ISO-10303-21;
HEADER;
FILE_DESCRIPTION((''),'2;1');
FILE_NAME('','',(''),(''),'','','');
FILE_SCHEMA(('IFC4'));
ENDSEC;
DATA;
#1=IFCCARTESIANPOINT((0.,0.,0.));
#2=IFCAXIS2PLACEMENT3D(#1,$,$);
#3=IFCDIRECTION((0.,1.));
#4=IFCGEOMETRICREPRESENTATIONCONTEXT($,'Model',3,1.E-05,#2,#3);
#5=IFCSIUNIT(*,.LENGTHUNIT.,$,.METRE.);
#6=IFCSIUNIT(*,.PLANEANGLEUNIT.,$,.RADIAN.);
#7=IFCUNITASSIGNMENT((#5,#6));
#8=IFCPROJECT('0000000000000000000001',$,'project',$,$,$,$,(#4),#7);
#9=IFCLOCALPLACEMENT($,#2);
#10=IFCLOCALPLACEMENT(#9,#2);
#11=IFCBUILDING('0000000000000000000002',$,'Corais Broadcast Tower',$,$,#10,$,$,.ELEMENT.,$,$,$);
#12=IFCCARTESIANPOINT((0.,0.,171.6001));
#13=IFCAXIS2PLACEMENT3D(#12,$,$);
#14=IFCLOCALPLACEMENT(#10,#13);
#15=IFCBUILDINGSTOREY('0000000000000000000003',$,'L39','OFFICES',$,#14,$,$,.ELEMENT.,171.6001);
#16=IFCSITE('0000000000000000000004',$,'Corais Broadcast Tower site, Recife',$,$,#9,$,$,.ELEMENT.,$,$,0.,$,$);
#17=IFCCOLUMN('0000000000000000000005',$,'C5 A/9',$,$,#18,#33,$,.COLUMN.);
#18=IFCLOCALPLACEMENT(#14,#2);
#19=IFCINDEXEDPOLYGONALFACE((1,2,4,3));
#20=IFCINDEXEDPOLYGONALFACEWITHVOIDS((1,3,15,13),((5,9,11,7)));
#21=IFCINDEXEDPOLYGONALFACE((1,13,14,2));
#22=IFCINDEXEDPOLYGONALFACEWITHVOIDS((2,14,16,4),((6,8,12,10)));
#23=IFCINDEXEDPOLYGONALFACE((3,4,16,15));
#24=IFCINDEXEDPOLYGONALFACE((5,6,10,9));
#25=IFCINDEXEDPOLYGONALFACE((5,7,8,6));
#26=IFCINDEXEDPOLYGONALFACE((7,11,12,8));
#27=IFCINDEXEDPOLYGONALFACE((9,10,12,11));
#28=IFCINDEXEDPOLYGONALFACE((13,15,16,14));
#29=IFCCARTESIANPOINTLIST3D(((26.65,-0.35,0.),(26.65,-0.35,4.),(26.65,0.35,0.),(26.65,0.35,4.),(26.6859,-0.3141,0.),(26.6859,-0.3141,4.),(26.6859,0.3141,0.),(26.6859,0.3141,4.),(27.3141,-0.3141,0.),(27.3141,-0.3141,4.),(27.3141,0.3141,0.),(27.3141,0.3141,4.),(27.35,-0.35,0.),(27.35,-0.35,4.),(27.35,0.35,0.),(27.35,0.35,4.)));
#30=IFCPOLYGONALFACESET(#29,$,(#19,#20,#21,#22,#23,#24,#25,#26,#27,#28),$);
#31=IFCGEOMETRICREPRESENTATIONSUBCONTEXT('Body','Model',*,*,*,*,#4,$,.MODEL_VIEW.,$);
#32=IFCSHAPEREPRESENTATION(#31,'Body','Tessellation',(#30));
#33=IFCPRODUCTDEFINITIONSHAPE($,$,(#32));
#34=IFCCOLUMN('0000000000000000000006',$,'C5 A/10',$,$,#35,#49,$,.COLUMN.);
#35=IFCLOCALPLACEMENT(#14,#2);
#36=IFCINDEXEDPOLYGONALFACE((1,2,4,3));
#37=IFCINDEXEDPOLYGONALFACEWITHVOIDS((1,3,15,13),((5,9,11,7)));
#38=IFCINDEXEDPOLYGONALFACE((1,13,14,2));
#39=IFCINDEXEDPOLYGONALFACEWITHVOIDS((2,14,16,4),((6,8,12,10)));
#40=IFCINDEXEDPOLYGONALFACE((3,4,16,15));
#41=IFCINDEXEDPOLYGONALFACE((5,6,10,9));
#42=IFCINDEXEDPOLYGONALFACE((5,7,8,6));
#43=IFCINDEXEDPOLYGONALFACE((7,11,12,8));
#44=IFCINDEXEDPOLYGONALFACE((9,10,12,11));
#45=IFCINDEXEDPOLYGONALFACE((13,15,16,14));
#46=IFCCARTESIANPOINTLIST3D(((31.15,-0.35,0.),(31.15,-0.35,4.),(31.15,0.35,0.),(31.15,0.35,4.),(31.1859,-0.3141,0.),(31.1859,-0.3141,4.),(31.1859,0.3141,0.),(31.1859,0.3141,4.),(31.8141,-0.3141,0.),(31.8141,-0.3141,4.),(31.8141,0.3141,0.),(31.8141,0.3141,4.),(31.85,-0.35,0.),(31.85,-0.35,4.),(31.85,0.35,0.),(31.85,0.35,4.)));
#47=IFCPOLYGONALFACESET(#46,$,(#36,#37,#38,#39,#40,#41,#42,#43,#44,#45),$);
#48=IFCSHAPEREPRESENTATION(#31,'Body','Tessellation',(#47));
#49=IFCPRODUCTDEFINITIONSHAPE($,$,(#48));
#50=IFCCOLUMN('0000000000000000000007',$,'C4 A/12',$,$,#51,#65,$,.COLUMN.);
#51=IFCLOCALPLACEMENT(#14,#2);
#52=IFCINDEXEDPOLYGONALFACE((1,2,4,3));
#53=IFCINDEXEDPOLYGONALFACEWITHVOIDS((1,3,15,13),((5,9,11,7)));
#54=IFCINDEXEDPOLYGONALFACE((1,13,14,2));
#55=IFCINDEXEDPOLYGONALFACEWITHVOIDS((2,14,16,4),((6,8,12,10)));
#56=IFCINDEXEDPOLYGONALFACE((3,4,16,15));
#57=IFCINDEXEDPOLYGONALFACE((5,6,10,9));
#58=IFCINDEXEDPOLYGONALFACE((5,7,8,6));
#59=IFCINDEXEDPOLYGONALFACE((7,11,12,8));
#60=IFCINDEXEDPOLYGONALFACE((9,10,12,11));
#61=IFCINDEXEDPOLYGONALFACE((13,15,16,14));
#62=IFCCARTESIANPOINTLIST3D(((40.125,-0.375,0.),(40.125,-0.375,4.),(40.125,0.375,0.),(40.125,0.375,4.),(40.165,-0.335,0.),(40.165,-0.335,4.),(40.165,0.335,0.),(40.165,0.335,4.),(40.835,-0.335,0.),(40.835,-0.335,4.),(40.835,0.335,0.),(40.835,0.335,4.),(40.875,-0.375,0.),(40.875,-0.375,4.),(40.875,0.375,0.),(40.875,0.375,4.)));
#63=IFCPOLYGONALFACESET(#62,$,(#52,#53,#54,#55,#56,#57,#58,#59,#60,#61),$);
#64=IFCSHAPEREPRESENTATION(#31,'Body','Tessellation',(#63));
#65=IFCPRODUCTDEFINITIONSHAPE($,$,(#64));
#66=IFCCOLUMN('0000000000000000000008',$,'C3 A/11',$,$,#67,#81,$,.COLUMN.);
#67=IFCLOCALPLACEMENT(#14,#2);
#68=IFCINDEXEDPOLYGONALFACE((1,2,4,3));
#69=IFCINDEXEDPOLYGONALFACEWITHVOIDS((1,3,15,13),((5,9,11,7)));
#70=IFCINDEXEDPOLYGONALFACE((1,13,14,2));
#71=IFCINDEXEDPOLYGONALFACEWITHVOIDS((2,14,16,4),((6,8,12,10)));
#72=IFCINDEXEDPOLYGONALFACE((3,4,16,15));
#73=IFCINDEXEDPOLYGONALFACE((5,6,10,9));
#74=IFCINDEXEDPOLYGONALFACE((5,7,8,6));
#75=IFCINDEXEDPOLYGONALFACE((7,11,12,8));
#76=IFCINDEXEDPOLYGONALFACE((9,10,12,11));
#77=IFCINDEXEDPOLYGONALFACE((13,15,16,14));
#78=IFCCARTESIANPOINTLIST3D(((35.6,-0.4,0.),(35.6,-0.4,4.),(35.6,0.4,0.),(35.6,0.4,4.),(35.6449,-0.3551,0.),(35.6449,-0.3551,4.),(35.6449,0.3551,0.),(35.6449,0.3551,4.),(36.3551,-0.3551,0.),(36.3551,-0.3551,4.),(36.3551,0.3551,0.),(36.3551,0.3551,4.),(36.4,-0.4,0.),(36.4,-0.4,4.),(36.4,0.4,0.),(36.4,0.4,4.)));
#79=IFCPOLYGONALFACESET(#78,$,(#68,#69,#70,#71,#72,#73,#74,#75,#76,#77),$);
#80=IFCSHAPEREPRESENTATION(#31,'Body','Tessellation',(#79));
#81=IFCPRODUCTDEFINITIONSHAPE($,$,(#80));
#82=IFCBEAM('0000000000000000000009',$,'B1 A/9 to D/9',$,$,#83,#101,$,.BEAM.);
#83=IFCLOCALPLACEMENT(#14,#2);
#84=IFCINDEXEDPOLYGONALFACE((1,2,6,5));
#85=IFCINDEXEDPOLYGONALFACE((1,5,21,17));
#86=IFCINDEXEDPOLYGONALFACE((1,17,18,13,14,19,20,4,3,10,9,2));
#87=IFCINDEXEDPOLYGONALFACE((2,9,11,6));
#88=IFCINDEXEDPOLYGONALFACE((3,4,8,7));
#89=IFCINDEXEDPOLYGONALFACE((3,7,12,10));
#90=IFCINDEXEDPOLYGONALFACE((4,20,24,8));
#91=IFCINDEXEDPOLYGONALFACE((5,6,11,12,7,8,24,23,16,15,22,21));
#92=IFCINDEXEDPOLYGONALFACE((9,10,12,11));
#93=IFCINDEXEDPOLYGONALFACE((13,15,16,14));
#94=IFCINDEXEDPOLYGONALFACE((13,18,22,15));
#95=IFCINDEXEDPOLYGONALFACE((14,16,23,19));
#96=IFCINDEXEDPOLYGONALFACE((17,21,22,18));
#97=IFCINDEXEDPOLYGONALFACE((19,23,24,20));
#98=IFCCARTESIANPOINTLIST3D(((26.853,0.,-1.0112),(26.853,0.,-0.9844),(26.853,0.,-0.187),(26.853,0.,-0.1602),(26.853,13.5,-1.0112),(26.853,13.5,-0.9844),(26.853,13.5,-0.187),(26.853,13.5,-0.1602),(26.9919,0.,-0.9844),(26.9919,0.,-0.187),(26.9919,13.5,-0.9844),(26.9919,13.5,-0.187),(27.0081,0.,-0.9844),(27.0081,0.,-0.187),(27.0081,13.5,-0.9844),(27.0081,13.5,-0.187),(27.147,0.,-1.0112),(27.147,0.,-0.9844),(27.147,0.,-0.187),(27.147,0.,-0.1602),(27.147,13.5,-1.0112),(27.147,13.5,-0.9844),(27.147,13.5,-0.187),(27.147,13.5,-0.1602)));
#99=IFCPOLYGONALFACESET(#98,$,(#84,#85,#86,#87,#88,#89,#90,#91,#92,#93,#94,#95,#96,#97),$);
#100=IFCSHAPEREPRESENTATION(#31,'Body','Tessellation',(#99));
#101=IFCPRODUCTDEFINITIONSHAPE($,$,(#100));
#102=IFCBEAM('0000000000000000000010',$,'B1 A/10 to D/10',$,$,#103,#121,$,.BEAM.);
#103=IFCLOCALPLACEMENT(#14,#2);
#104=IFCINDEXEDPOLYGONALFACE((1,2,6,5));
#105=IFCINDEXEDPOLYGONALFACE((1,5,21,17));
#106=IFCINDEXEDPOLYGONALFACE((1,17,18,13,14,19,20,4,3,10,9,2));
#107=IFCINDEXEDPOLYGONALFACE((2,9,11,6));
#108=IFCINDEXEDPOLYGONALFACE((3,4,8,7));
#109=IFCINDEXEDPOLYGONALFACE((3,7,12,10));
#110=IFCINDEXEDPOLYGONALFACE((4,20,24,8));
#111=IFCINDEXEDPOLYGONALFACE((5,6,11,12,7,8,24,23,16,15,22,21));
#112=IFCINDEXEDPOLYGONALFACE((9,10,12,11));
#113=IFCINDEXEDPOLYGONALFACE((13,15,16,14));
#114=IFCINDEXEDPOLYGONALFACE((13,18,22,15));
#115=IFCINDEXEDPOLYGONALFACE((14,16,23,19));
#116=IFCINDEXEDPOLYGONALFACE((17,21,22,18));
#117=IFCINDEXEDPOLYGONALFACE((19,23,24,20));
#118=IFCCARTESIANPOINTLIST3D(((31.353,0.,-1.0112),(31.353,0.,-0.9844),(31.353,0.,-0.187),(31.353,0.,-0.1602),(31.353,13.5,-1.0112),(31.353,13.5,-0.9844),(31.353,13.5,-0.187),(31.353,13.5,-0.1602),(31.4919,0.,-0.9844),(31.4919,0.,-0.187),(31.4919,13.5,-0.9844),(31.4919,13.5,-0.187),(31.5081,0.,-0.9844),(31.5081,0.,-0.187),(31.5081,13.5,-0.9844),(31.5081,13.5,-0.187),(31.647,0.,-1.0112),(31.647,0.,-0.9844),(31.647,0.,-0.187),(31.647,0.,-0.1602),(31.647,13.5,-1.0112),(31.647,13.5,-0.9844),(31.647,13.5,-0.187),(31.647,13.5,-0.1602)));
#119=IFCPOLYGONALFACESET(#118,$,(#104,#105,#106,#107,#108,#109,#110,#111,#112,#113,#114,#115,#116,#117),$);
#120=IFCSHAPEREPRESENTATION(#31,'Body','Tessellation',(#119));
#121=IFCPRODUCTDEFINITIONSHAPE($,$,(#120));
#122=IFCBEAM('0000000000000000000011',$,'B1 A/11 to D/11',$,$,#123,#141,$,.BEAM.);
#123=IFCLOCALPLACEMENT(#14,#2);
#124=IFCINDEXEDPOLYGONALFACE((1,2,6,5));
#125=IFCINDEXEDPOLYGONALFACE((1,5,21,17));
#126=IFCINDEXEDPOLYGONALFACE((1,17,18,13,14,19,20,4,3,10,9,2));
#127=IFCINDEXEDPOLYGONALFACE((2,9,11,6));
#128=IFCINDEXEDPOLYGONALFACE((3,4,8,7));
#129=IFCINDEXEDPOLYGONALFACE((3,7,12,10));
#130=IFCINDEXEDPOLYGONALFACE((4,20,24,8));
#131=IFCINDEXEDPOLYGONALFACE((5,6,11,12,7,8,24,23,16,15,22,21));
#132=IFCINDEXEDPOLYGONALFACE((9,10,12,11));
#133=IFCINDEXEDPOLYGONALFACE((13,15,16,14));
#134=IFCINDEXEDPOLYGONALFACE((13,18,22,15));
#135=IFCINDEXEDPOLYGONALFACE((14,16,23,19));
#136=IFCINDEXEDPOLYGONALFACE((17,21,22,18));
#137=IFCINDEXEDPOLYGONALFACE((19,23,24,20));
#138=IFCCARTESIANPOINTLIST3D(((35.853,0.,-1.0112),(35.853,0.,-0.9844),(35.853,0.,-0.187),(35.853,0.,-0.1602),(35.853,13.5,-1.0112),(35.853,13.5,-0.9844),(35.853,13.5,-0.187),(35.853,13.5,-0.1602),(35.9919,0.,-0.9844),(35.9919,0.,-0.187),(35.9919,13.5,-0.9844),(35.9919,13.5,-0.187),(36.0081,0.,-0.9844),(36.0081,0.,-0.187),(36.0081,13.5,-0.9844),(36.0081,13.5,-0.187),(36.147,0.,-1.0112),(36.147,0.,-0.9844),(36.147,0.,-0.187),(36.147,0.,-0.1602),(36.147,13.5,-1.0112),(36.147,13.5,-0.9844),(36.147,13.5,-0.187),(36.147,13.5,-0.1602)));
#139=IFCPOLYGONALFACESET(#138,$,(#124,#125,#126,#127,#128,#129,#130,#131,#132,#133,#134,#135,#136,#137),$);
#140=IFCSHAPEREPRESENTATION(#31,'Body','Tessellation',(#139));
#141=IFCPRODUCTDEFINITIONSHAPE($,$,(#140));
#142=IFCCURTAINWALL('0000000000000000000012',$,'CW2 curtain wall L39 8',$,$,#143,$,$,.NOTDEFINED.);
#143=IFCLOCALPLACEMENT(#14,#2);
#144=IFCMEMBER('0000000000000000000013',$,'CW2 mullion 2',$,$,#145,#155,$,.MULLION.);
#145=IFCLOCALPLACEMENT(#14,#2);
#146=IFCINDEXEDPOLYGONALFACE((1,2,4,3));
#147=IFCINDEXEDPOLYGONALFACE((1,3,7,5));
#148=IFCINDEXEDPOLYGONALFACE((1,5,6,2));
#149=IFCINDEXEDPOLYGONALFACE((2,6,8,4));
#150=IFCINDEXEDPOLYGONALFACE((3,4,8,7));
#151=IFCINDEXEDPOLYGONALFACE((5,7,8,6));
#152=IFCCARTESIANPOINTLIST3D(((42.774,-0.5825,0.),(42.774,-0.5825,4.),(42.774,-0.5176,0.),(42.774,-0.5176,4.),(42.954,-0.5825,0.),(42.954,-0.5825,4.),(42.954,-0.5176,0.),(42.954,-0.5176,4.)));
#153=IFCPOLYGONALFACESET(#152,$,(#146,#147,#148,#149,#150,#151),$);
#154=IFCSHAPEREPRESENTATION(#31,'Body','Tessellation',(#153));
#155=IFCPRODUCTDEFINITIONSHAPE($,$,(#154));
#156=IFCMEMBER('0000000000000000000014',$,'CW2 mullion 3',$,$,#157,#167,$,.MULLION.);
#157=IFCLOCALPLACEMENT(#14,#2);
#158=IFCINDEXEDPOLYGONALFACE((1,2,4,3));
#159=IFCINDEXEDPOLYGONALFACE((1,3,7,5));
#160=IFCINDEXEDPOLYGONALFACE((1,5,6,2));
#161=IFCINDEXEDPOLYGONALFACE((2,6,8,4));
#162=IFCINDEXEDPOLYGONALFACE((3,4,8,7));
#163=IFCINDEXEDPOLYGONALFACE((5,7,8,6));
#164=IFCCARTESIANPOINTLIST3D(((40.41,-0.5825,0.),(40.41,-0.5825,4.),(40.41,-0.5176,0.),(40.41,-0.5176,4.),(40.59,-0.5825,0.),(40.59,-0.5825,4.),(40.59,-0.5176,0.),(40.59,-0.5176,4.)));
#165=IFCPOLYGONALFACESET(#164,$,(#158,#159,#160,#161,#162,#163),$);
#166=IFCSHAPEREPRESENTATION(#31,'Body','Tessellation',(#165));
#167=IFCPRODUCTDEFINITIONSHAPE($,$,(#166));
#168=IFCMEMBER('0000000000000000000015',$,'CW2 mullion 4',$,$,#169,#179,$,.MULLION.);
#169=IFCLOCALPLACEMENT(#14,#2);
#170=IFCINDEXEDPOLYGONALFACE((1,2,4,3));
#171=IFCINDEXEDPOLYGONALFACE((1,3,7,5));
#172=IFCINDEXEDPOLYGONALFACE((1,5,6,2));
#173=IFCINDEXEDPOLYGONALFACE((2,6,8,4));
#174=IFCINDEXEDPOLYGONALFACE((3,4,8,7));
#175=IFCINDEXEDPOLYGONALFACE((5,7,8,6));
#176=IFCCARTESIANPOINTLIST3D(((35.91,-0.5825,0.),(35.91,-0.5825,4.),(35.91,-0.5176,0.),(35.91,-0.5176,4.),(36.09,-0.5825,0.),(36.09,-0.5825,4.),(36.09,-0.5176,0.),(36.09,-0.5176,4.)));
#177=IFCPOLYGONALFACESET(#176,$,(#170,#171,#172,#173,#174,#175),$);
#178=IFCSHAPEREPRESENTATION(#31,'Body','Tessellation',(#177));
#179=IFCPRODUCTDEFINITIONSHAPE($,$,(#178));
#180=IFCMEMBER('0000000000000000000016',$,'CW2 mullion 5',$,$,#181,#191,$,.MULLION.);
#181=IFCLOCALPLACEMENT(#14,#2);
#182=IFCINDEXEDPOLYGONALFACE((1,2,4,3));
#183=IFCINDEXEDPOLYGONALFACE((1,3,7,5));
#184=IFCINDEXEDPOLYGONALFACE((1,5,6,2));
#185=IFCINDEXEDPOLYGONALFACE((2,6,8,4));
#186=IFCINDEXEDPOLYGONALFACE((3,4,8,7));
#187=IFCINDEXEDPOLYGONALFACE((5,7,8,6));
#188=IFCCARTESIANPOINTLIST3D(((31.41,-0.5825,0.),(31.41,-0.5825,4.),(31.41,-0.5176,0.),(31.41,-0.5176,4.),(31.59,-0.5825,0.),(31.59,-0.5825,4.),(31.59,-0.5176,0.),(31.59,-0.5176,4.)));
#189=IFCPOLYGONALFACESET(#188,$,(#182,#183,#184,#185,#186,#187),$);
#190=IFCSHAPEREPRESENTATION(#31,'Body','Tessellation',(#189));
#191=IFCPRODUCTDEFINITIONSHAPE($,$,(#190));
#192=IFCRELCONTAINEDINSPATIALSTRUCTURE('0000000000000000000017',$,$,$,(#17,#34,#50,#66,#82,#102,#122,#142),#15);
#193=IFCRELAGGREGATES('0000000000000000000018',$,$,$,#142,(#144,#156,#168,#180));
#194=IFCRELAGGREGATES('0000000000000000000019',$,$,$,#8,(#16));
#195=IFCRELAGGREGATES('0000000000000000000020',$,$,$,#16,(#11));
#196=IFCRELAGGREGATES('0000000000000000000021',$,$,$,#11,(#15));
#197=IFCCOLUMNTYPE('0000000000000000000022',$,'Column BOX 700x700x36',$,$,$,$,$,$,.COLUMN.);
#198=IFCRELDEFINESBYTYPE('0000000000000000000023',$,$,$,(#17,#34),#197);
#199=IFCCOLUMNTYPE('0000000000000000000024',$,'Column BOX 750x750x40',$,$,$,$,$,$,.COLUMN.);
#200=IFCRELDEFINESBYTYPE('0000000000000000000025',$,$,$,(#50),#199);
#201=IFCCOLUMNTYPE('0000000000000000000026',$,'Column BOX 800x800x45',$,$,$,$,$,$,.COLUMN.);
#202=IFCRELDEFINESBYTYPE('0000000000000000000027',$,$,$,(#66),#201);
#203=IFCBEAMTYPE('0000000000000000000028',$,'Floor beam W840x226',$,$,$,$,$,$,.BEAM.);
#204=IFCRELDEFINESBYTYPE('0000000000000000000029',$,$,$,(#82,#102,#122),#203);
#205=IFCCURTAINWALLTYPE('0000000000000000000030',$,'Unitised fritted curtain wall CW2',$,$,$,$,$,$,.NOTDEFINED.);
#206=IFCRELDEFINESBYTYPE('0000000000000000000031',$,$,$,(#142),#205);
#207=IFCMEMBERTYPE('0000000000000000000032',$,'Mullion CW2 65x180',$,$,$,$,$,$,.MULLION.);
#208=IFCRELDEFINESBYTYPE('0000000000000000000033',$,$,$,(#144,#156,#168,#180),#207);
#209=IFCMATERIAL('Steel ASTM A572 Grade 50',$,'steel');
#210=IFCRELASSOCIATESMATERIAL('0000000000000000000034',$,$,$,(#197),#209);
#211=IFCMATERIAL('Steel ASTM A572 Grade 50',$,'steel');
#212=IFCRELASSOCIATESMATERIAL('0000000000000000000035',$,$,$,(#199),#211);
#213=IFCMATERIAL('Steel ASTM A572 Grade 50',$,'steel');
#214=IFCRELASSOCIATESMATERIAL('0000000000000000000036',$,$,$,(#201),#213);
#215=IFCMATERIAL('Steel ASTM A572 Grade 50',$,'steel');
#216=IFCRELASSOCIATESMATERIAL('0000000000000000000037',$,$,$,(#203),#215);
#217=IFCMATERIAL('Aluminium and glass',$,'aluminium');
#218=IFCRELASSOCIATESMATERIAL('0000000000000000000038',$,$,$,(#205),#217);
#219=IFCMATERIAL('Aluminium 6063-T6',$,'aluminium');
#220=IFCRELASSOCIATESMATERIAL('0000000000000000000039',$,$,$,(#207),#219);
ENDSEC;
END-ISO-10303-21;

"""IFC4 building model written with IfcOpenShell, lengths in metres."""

from ifc_helpers import new_model, si_unit, direction, frame, origin, origin_2d, place, context, subcontext, project, spatial, rectangle, hollow_rectangle, i_section, extrude, material, material_profile, profile_set, type_object, element, aggregate, save


model = new_model("IFC4")

# Units and contexts
model_context = context("Model", 3, precision=1e-05, world=origin(), true_north=direction((0.0, 1.0)))
body_context = subcontext(model_context, "Body", "Model", "MODEL_VIEW")
ifc_project = project(units=[si_unit("LENGTHUNIT", "METRE"), si_unit("PLANEANGLEUNIT", "RADIAN")], contexts=[model_context])

# Site, building, storey
site_placement = place(None, origin())
site = spatial("IfcSite", under=ifc_project, at=site_placement, Name="Corais Broadcast Tower site, Recife", CompositionType="ELEMENT", RefElevation=0.0)
building_placement = place(site_placement, origin())
building = spatial("IfcBuilding", under=site, at=building_placement, Name="Corais Broadcast Tower", CompositionType="ELEMENT")
storey_placement = place(building_placement, frame((0.0, 0.0, 171.6001)))
storey = spatial("IfcBuildingStorey", under=building, at=storey_placement, Name="L39", Description="OFFICES", CompositionType="ELEMENT", Elevation=171.6001)

# Columns
ifc_material_1 = material(Name="Steel ASTM A572 Grade 50", Category="steel")
ifc_material_profile_1 = material_profile(ifc_material_1, hollow_rectangle(XDim=0.7, YDim=0.7, WallThickness=0.0359, at=origin_2d()), Name="BOX 700x700x36")
ifc_profile_set_1 = profile_set([ifc_material_profile_1], Name="Steel ASTM A572 Grade 50")
column_type_1 = type_object("IfcColumnType", Name="Column BOX 700x700x36", PredefinedType="COLUMN", material=ifc_profile_set_1)
for number, where, z_axis, x_axis, name in (
    (1, (27.0, 0.0, 0.0), (0.0, 0.0, 1.0), (1.0, 0.0, 0.0), "C5 A/9"),
    (2, (31.5, 0.0, 0.0), (0.0, 0.0, 1.0), (1.0, 0.0, 0.0), "C5 A/10"),
):
    element("IfcColumn", number, at=place(storey_placement, frame(where, z_axis=z_axis, x_axis=x_axis)), inside=storey, type_object=column_type_1, Name=name, PredefinedType="COLUMN", context=body_context, shape_type="SweptSolid", body=[
        extrude(hollow_rectangle(XDim=0.7, YDim=0.7, WallThickness=0.0359, at=origin_2d()), origin(), (0.0, 0.0, 1.0), 4.0),
    ])
ifc_material_2 = material(Name="Steel ASTM A572 Grade 50", Category="steel")
ifc_material_profile_2 = material_profile(ifc_material_2, hollow_rectangle(XDim=0.75, YDim=0.75, WallThickness=0.04, at=origin_2d()), Name="BOX 750x750x40")
ifc_profile_set_2 = profile_set([ifc_material_profile_2], Name="Steel ASTM A572 Grade 50")
column_type_2 = type_object("IfcColumnType", Name="Column BOX 750x750x40", PredefinedType="COLUMN", material=ifc_profile_set_2)
column_1_placement = place(storey_placement, frame((40.5, 0.0, 0.0), z_axis=(0.0, 0.0, 1.0), x_axis=(1.0, 0.0, 0.0)))
element("IfcColumn", 3, at=column_1_placement, inside=storey, type_object=column_type_2, Name="C4 A/12", PredefinedType="COLUMN", context=body_context, shape_type="SweptSolid", body=[
    extrude(hollow_rectangle(XDim=0.75, YDim=0.75, WallThickness=0.04, at=origin_2d()), origin(), (0.0, 0.0, 1.0), 4.0),
])
ifc_material_3 = material(Name="Steel ASTM A572 Grade 50", Category="steel")
ifc_material_profile_3 = material_profile(ifc_material_3, hollow_rectangle(XDim=0.8, YDim=0.8, WallThickness=0.0449, at=origin_2d()), Name="BOX 800x800x45")
ifc_profile_set_3 = profile_set([ifc_material_profile_3], Name="Steel ASTM A572 Grade 50")
column_type_3 = type_object("IfcColumnType", Name="Column BOX 800x800x45", PredefinedType="COLUMN", material=ifc_profile_set_3)
column_2_placement = place(storey_placement, frame((36.0, 0.0, 0.0), z_axis=(0.0, 0.0, 1.0), x_axis=(1.0, 0.0, 0.0)))
element("IfcColumn", 4, at=column_2_placement, inside=storey, type_object=column_type_3, Name="C3 A/11", PredefinedType="COLUMN", context=body_context, shape_type="SweptSolid", body=[
    extrude(hollow_rectangle(XDim=0.8, YDim=0.8, WallThickness=0.0449, at=origin_2d()), origin(), (0.0, 0.0, 1.0), 4.0),
])

# Beams
ifc_material_4 = material(Name="Steel ASTM A572 Grade 50", Category="steel")
ifc_material_profile_4 = material_profile(ifc_material_4, i_section(OverallWidth=0.2939, OverallDepth=0.8511, WebThickness=0.0161, FlangeThickness=0.0269, at=origin_2d()), Name="W840x226")
ifc_profile_set_4 = profile_set([ifc_material_profile_4], Name="Steel ASTM A572 Grade 50")
beam_type_1 = type_object("IfcBeamType", Name="Floor beam W840x226", PredefinedType="BEAM", material=ifc_profile_set_4)
for number, where, z_axis, x_axis, name in (
    (5, (27.0, 0.0, -0.5857), (0.0, 1.0, 0.0), (-1.0, 0.0, 0.0), "B1 A/9 to D/9"),
    (6, (31.5, 0.0, -0.5857), (0.0, 1.0, 0.0), (-1.0, 0.0, 0.0), "B1 A/10 to D/10"),
    (7, (36.0, 0.0, -0.5857), (0.0, 1.0, 0.0), (-1.0, 0.0, 0.0), "B1 A/11 to D/11"),
):
    element("IfcBeam", number, at=place(storey_placement, frame(where, z_axis=z_axis, x_axis=x_axis)), inside=storey, type_object=beam_type_1, Name=name, PredefinedType="BEAM", context=body_context, shape_type="SweptSolid", body=[
        extrude(i_section(OverallWidth=0.2939, OverallDepth=0.8511, WebThickness=0.0161, FlangeThickness=0.0269, at=origin_2d()), origin(), (0.0, 0.0, 1.0), 13.5),
    ])

# Curtain wall, members
ifc_material_5 = material(Name="Aluminium and glass", Category="aluminium")
curtain_wall_type = type_object("IfcCurtainWallType", Name="Unitised fritted curtain wall CW2", PredefinedType="NOTDEFINED", material=ifc_material_5)
curtain_wall_placement = place(storey_placement, origin())
curtain_wall = element("IfcCurtainWall", 8, at=curtain_wall_placement, inside=storey, type_object=curtain_wall_type, Name="CW2 curtain wall L39 8", PredefinedType="NOTDEFINED")
ifc_material_6 = material(Name="Aluminium 6063-T6", Category="aluminium")
ifc_material_profile_5 = material_profile(ifc_material_6, rectangle(XDim=0.0649, YDim=0.1799, at=origin_2d()), Name="Mullion CW2 65x180")
ifc_profile_set_5 = profile_set([ifc_material_profile_5], Name="Aluminium 6063-T6")
member_type_1 = type_object("IfcMemberType", Name="Mullion CW2 65x180", PredefinedType="MULLION", material=ifc_profile_set_5)
member_1_placement = place(storey_placement, frame((42.864, -0.55, 0.0), z_axis=(0.0, 0.0, 1.0), x_axis=(0.0, -1.0, 0.0)))
member_1 = element("IfcMember", 9, at=member_1_placement, type_object=member_type_1, Name="CW2 mullion 2", PredefinedType="MULLION", context=body_context, shape_type="SweptSolid", body=[
    extrude(rectangle(XDim=0.0649, YDim=0.1799, at=origin_2d()), origin(), (0.0, 0.0, 1.0), 4.0),
])
member_2_placement = place(storey_placement, frame((40.5, -0.55, 0.0), z_axis=(0.0, 0.0, 1.0), x_axis=(0.0, -1.0, 0.0)))
member_2 = element("IfcMember", 10, at=member_2_placement, type_object=member_type_1, Name="CW2 mullion 3", PredefinedType="MULLION", context=body_context, shape_type="SweptSolid", body=[
    extrude(rectangle(XDim=0.0649, YDim=0.1799, at=origin_2d()), origin(), (0.0, 0.0, 1.0), 4.0),
])
member_3_placement = place(storey_placement, frame((36.0, -0.55, 0.0), z_axis=(0.0, 0.0, 1.0), x_axis=(0.0, -1.0, 0.0)))
member_3 = element("IfcMember", 11, at=member_3_placement, type_object=member_type_1, Name="CW2 mullion 4", PredefinedType="MULLION", context=body_context, shape_type="SweptSolid", body=[
    extrude(rectangle(XDim=0.0649, YDim=0.1799, at=origin_2d()), origin(), (0.0, 0.0, 1.0), 4.0),
])
member_4_placement = place(storey_placement, frame((31.5, -0.55, 0.0), z_axis=(0.0, 0.0, 1.0), x_axis=(0.0, -1.0, 0.0)))
member_4 = element("IfcMember", 12, at=member_4_placement, type_object=member_type_1, Name="CW2 mullion 5", PredefinedType="MULLION", context=body_context, shape_type="SweptSolid", body=[
    extrude(rectangle(XDim=0.0649, YDim=0.1799, at=origin_2d()), origin(), (0.0, 0.0, 1.0), 4.0),
])

aggregate(curtain_wall, [member_1, member_2, member_3, member_4])

save(model, "model.ifc")
